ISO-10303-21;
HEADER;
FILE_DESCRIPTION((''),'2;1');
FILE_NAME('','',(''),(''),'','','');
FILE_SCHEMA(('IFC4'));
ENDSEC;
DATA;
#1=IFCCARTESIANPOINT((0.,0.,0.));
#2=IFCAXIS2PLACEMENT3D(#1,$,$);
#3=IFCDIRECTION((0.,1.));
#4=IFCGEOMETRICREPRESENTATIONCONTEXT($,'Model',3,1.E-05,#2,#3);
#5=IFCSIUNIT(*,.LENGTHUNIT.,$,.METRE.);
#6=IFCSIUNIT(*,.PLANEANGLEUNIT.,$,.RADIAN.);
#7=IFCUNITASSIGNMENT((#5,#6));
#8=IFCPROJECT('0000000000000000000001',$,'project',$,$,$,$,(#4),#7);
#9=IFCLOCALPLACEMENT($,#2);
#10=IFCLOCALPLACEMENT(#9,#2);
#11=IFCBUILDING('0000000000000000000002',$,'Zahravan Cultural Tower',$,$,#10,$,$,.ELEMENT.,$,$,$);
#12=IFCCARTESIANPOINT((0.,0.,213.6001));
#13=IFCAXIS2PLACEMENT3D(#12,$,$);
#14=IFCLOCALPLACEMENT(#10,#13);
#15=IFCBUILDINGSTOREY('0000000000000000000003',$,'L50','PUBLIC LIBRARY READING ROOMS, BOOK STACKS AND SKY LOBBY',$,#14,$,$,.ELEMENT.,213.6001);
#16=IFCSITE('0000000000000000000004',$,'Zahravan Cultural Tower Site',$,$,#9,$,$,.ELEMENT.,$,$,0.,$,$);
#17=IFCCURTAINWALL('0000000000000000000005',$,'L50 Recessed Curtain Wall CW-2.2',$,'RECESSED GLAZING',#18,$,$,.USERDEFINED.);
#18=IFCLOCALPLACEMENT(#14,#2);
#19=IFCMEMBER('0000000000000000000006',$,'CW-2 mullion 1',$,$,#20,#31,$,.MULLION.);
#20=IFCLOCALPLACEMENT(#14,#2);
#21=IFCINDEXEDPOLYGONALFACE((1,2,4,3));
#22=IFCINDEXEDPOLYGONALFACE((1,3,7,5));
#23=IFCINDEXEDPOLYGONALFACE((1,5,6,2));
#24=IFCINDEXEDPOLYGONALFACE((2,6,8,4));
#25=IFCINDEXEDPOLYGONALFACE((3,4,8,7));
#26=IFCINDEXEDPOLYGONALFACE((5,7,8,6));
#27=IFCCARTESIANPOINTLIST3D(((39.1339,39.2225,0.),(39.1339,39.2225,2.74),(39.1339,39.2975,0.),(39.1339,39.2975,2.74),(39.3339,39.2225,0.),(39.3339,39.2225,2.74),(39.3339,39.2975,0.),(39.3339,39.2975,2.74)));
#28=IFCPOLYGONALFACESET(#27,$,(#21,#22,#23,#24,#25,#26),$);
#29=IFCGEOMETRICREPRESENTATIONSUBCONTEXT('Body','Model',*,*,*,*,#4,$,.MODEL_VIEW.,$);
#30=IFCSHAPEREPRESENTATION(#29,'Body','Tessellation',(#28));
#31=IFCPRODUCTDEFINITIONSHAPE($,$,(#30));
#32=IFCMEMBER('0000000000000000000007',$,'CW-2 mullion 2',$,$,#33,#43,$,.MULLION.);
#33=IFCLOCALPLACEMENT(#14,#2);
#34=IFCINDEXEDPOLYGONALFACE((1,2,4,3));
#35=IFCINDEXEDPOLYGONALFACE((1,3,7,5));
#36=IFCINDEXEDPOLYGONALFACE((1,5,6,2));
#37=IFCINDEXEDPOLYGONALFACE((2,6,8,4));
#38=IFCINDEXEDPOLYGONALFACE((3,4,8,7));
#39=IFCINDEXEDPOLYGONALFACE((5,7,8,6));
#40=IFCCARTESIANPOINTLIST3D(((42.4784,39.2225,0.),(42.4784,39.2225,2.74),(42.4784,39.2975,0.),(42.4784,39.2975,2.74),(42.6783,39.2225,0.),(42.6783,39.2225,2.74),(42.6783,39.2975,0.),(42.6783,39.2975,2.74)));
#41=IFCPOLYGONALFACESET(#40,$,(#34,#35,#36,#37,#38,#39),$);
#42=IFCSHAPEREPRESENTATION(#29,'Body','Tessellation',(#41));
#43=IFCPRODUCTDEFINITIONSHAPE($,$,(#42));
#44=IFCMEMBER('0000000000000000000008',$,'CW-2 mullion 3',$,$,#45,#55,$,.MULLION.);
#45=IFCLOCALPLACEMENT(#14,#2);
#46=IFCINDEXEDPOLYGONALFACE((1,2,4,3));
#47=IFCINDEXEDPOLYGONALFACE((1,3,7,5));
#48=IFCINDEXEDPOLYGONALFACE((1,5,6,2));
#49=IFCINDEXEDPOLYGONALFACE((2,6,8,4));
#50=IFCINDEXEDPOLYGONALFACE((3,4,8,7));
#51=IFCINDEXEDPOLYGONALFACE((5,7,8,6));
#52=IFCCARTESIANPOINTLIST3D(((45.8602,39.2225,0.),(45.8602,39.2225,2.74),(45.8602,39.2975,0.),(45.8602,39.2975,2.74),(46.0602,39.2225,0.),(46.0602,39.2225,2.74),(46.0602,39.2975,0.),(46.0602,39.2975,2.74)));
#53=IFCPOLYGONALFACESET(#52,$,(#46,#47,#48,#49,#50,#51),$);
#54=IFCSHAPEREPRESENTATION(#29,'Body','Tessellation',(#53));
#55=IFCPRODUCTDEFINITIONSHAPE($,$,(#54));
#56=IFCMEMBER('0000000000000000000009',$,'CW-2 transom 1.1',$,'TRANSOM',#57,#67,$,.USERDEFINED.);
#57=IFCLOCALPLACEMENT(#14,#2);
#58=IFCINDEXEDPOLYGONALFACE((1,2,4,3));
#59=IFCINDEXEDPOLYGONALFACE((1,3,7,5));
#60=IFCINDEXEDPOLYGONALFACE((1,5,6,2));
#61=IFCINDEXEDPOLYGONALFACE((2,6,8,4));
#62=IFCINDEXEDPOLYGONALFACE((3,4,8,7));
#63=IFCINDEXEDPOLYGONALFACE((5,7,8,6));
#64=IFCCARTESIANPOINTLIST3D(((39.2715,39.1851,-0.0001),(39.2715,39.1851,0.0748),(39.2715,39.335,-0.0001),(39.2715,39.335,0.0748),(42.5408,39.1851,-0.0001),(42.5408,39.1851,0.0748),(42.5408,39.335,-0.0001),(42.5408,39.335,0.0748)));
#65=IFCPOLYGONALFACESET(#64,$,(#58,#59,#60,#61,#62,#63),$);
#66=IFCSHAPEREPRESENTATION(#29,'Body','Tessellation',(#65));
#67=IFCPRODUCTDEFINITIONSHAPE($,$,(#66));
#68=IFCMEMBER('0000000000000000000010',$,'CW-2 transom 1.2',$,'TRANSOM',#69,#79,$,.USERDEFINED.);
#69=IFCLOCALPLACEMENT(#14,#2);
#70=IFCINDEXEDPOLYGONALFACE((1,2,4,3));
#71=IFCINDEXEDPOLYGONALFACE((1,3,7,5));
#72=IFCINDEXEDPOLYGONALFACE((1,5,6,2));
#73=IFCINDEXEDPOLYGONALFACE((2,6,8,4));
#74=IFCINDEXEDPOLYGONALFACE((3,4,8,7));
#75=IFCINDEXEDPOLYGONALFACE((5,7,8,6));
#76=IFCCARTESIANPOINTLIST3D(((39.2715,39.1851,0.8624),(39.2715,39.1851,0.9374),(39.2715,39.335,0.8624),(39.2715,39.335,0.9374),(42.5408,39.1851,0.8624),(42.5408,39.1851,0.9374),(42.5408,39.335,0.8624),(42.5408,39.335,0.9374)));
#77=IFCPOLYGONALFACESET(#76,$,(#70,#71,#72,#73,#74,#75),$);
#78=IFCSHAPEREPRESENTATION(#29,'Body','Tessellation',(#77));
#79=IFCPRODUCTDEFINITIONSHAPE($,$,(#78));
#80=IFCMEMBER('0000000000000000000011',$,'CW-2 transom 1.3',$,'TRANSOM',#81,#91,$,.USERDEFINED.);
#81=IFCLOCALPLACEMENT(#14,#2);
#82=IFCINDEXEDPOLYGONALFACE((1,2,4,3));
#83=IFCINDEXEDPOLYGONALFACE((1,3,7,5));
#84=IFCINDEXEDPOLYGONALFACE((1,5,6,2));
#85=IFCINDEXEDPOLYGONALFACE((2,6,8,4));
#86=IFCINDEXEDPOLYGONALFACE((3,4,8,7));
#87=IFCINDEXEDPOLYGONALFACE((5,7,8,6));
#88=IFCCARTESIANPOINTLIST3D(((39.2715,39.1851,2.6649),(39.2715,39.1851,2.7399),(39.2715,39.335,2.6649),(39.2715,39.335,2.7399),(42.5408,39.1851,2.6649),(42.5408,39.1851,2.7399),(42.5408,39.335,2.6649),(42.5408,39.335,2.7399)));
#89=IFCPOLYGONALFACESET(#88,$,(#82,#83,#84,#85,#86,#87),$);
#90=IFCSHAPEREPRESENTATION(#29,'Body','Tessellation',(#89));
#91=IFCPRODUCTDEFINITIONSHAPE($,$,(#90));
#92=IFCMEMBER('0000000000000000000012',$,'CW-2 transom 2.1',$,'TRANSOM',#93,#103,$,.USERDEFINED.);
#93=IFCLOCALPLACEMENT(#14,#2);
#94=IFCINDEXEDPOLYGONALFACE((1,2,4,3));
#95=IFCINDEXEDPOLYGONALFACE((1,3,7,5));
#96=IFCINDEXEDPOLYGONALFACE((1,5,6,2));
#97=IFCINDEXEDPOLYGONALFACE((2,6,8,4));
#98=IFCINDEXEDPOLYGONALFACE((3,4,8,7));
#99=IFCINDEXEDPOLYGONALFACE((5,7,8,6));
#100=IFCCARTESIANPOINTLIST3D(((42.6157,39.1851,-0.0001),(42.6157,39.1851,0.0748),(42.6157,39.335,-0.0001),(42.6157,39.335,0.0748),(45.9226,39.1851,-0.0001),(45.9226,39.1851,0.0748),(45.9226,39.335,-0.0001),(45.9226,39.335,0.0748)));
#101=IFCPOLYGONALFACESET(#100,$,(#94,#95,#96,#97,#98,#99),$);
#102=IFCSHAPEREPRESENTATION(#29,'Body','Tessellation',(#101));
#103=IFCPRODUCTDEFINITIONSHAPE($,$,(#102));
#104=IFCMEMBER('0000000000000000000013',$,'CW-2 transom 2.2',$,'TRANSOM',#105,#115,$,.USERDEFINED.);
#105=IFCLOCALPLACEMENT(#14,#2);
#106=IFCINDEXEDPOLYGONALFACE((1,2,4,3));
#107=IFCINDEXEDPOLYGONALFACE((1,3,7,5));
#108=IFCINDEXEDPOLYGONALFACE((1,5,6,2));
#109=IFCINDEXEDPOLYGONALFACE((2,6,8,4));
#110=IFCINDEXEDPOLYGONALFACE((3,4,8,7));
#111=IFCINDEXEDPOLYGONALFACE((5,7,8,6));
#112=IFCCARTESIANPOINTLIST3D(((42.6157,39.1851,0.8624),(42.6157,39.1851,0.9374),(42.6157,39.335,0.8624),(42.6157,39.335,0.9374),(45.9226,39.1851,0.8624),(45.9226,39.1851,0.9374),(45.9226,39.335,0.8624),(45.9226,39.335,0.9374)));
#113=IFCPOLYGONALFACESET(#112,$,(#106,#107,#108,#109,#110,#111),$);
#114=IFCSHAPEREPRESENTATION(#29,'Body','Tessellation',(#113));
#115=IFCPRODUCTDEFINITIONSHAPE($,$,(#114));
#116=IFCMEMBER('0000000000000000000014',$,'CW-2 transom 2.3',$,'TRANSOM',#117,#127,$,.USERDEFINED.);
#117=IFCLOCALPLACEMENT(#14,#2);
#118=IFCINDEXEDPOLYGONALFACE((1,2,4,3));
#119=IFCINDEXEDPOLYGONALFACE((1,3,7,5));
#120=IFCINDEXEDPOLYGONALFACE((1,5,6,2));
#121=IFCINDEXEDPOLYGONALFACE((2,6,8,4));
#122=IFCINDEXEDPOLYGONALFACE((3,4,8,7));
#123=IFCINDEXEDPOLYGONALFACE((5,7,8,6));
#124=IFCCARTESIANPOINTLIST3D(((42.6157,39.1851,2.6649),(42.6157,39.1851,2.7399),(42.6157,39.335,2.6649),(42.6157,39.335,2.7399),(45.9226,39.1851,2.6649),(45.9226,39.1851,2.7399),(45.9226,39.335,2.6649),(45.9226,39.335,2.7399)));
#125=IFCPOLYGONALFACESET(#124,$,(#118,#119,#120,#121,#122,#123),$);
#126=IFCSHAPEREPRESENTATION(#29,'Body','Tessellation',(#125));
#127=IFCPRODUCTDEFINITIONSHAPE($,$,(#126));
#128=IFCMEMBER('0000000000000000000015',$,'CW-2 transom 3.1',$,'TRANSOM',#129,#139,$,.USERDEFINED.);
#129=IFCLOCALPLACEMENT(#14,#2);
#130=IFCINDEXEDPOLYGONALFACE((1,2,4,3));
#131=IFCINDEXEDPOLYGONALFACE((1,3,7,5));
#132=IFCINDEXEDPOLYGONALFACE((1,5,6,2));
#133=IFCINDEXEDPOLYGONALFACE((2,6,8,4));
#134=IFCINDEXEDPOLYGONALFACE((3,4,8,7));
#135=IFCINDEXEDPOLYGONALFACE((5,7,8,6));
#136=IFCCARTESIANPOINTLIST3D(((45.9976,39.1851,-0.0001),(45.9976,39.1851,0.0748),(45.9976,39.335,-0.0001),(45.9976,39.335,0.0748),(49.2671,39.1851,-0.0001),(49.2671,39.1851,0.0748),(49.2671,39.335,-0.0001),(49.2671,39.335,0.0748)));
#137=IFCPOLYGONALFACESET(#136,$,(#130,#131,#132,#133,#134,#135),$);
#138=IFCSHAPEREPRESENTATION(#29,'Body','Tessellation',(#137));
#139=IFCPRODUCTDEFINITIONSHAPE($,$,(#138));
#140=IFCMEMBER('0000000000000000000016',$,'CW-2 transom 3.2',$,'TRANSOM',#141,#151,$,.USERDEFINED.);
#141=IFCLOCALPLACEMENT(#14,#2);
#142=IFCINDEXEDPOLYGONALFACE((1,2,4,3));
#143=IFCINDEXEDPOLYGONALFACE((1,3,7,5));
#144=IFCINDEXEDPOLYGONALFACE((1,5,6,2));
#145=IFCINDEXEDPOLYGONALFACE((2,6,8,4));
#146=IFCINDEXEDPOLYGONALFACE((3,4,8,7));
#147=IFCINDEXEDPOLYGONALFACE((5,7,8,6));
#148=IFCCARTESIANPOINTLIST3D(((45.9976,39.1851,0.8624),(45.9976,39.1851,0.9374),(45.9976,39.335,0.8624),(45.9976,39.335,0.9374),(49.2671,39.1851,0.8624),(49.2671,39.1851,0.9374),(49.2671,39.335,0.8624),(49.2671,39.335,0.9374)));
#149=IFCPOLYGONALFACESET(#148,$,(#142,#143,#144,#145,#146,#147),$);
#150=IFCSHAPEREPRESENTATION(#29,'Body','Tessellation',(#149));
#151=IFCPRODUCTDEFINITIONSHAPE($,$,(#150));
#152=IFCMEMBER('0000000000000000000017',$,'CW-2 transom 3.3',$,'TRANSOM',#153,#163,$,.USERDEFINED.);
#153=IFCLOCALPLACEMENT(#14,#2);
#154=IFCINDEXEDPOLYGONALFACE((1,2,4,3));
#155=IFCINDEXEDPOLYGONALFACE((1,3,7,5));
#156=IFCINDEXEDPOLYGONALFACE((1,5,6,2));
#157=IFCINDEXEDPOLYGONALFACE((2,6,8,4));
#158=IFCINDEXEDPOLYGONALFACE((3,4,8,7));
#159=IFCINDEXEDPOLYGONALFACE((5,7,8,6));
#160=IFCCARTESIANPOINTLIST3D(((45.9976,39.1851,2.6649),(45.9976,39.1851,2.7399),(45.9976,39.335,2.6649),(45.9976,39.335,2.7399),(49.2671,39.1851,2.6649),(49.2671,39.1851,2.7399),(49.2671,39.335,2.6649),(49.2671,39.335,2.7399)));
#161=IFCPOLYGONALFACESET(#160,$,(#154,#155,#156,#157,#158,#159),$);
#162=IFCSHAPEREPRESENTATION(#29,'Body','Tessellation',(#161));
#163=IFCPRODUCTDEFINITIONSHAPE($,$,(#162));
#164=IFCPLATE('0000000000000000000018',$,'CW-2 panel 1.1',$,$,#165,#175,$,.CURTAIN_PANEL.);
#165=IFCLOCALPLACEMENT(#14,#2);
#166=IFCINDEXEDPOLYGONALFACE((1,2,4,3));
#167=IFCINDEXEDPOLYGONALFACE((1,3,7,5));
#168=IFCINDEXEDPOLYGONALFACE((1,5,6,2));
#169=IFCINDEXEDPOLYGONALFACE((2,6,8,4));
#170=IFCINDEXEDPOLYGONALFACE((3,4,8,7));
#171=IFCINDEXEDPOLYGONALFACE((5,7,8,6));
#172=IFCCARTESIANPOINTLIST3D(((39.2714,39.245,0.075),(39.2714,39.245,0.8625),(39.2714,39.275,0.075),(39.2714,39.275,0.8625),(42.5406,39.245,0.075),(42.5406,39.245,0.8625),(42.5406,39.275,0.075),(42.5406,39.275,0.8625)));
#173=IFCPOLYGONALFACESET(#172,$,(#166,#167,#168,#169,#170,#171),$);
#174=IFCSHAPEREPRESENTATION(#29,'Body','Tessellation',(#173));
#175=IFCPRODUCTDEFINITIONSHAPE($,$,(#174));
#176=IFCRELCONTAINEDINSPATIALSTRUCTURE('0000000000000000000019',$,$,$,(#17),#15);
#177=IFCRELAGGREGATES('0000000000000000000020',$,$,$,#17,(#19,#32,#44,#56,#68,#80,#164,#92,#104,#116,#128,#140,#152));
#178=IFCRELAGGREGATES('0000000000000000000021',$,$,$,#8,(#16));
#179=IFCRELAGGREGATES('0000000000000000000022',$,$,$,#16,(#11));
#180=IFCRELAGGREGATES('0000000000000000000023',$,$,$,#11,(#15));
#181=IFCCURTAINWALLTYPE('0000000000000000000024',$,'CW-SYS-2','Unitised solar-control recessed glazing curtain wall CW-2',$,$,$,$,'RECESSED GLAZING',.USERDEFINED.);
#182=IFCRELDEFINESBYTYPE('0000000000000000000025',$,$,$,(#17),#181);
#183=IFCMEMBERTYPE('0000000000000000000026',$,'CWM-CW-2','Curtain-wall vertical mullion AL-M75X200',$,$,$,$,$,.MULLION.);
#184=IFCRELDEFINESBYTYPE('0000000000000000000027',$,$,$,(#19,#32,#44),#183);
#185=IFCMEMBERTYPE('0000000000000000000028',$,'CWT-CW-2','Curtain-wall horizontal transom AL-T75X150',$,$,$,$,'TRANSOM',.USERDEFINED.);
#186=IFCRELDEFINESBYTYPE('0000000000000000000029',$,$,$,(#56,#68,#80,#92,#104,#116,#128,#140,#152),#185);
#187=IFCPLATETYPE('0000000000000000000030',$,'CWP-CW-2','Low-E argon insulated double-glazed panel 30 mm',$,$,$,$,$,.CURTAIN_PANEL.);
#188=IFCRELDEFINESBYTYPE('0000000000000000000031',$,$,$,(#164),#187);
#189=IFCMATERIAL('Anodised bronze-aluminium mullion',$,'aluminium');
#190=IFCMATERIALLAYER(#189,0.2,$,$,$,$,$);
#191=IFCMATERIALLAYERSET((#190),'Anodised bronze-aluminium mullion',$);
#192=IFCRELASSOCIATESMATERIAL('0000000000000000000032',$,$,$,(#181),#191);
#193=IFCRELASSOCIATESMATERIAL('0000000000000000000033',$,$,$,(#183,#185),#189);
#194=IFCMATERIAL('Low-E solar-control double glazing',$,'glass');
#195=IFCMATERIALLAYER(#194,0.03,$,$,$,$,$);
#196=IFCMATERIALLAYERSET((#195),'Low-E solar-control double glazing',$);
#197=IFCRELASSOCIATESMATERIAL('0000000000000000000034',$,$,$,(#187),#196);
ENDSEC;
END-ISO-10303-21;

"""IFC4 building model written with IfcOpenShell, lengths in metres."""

from ifc_helpers import new_model, si_unit, direction, frame, origin, origin_2d, place, context, subcontext, project, spatial, rectangle, extrude, source, transform, mapped, material, layer, layer_set, material_profile, profile_set, type_object, element, aggregate, save


model = new_model("IFC4")

# Units and contexts
model_context = context("Model", 3, precision=1e-05, world=origin(), true_north=direction((0.0, 1.0)))
body_context = subcontext(model_context, "Body", "Model", "MODEL_VIEW")
ifc_project = project(units=[si_unit("LENGTHUNIT", "METRE"), si_unit("PLANEANGLEUNIT", "RADIAN")], contexts=[model_context])

# Site, building, storey
site_placement = place(None, origin())
site = spatial("IfcSite", under=ifc_project, at=site_placement, Name="Zahravan Cultural Tower Site", CompositionType="ELEMENT", RefElevation=0.0)
building_placement = place(site_placement, origin())
building = spatial("IfcBuilding", under=site, at=building_placement, Name="Zahravan Cultural Tower", CompositionType="ELEMENT")
storey_placement = place(building_placement, frame((0.0, 0.0, 213.6001)))
storey = spatial("IfcBuildingStorey", under=building, at=storey_placement, Name="L50", Description="PUBLIC LIBRARY READING ROOMS, BOOK STACKS AND SKY LOBBY", CompositionType="ELEMENT", Elevation=213.6001)

# Curtain wall, members, plate
ifc_material_1 = material(Name="Anodised bronze-aluminium mullion", Category="aluminium")
ifc_layer_1 = layer(ifc_material_1, 0.2)
ifc_layer_set_1 = layer_set([ifc_layer_1], Name="Anodised bronze-aluminium mullion")
curtain_wall_type = type_object("IfcCurtainWallType", Name="CW-SYS-2", Description="Unitised solar-control recessed glazing curtain wall CW-2", ElementType="RECESSED GLAZING", PredefinedType="USERDEFINED", material=ifc_layer_set_1)
curtain_wall_placement = place(storey_placement, origin())
curtain_wall = element("IfcCurtainWall", 1, at=curtain_wall_placement, inside=storey, type_object=curtain_wall_type, Name="L50 Recessed Curtain Wall CW-2.2", ObjectType="RECESSED GLAZING", PredefinedType="USERDEFINED")
ifc_material_profile_1 = material_profile(ifc_material_1, rectangle(XDim=0.075, YDim=0.2, at=origin_2d()), Name="AL-M75X200")
ifc_profile_set_1 = profile_set([ifc_material_profile_1], Name="Anodised bronze-aluminium mullion")
member_type_1 = type_object("IfcMemberType", Name="CWM-CW-2", Description="Curtain-wall vertical mullion AL-M75X200", PredefinedType="MULLION", material=ifc_profile_set_1)
shared_shape_1 = source(origin(), body_context, "Body", "SweptSolid", [
    extrude(rectangle(XDim=0.075, YDim=0.2, at=origin_2d()), origin(), (0.0, 0.0, 1.0), 2.74),
])
member_1_placement = place(storey_placement, frame((39.2339, 39.26, 0.0), z_axis=(0.0, 0.0, 1.0), x_axis=(0.0, 1.0, 0.0)))
member_1 = element("IfcMember", 2, at=member_1_placement, type_object=member_type_1, Name="CW-2 mullion 1", PredefinedType="MULLION", context=body_context, shape_type="MappedRepresentation", body=[
    mapped(shared_shape_1, transform((0.0, 0.0, 0.0), x_axis=(1.0, 0.0, 0.0), y_axis=(0.0, 1.0, 0.0), z_axis=(0.0, 0.0, 1.0), scale=1.0)),
])
member_2_placement = place(storey_placement, frame((42.5784, 39.26, 0.0), z_axis=(0.0, 0.0, 1.0), x_axis=(0.0, 1.0, 0.0)))
member_2 = element("IfcMember", 3, at=member_2_placement, type_object=member_type_1, Name="CW-2 mullion 2", PredefinedType="MULLION", context=body_context, shape_type="MappedRepresentation", body=[
    mapped(shared_shape_1, transform((0.0, 0.0, 0.0), x_axis=(1.0, 0.0, 0.0), y_axis=(0.0, 1.0, 0.0), z_axis=(0.0, 0.0, 1.0), scale=1.0)),
])
member_3_placement = place(storey_placement, frame((45.9602, 39.26, 0.0), z_axis=(0.0, 0.0, 1.0), x_axis=(0.0, 1.0, 0.0)))
member_3 = element("IfcMember", 4, at=member_3_placement, type_object=member_type_1, Name="CW-2 mullion 3", PredefinedType="MULLION", context=body_context, shape_type="MappedRepresentation", body=[
    mapped(shared_shape_1, transform((0.0, 0.0, 0.0), x_axis=(1.0, 0.0, 0.0), y_axis=(0.0, 1.0, 0.0), z_axis=(0.0, 0.0, 1.0), scale=1.0)),
])
ifc_material_profile_2 = material_profile(ifc_material_1, rectangle(XDim=0.1499, YDim=0.075, at=origin_2d()), Name="AL-T75X150")
ifc_profile_set_2 = profile_set([ifc_material_profile_2], Name="Anodised bronze-aluminium mullion")
member_type_2 = type_object("IfcMemberType", Name="CWT-CW-2", Description="Curtain-wall horizontal transom AL-T75X150", ElementType="TRANSOM", PredefinedType="USERDEFINED", material=ifc_profile_set_2)
shared_shape_2 = source(origin(), body_context, "Body", "SweptSolid", [
    extrude(rectangle(XDim=0.1499, YDim=0.075, at=origin_2d()), origin(), (0.0, 0.0, 1.0), 3.2693),
])
member_4_placement = place(storey_placement, frame((39.2715, 39.26, 0.0374), z_axis=(1.0, 0.0, 0.0), x_axis=(0.0, 1.0, 0.0)))
member_4 = element("IfcMember", 5, at=member_4_placement, type_object=member_type_2, Name="CW-2 transom 1.1", ObjectType="TRANSOM", PredefinedType="USERDEFINED", context=body_context, shape_type="MappedRepresentation", body=[
    mapped(shared_shape_2, transform((0.0, 0.0, 0.0), x_axis=(1.0, 0.0, 0.0), y_axis=(0.0, 1.0, 0.0), z_axis=(0.0, 0.0, 1.0), scale=1.0)),
])
member_5_placement = place(storey_placement, frame((39.2715, 39.26, 0.8999), z_axis=(1.0, 0.0, 0.0), x_axis=(0.0, 1.0, 0.0)))
member_5 = element("IfcMember", 6, at=member_5_placement, type_object=member_type_2, Name="CW-2 transom 1.2", ObjectType="TRANSOM", PredefinedType="USERDEFINED", context=body_context, shape_type="MappedRepresentation", body=[
    mapped(shared_shape_2, transform((0.0, 0.0, 0.0), x_axis=(1.0, 0.0, 0.0), y_axis=(0.0, 1.0, 0.0), z_axis=(0.0, 0.0, 1.0), scale=1.0)),
])
member_6_placement = place(storey_placement, frame((39.2715, 39.26, 2.7024), z_axis=(1.0, 0.0, 0.0), x_axis=(0.0, 1.0, 0.0)))
member_6 = element("IfcMember", 7, at=member_6_placement, type_object=member_type_2, Name="CW-2 transom 1.3", ObjectType="TRANSOM", PredefinedType="USERDEFINED", context=body_context, shape_type="MappedRepresentation", body=[
    mapped(shared_shape_2, transform((0.0, 0.0, 0.0), x_axis=(1.0, 0.0, 0.0), y_axis=(0.0, 1.0, 0.0), z_axis=(0.0, 0.0, 1.0), scale=1.0)),
])
shared_shape_3 = source(origin(), body_context, "Body", "SweptSolid", [
    extrude(rectangle(XDim=0.1499, YDim=0.075, at=origin_2d()), origin(), (0.0, 0.0, 1.0), 3.3069),
])
member_7_placement = place(storey_placement, frame((42.6157, 39.26, 0.0374), z_axis=(1.0, 0.0, 0.0), x_axis=(0.0, 1.0, 0.0)))
member_7 = element("IfcMember", 8, at=member_7_placement, type_object=member_type_2, Name="CW-2 transom 2.1", ObjectType="TRANSOM", PredefinedType="USERDEFINED", context=body_context, shape_type="MappedRepresentation", body=[
    mapped(shared_shape_3, transform((0.0, 0.0, 0.0), x_axis=(1.0, 0.0, 0.0), y_axis=(0.0, 1.0, 0.0), z_axis=(0.0, 0.0, 1.0), scale=1.0)),
])
member_8_placement = place(storey_placement, frame((42.6157, 39.26, 0.8999), z_axis=(1.0, 0.0, 0.0), x_axis=(0.0, 1.0, 0.0)))
member_8 = element("IfcMember", 9, at=member_8_placement, type_object=member_type_2, Name="CW-2 transom 2.2", ObjectType="TRANSOM", PredefinedType="USERDEFINED", context=body_context, shape_type="MappedRepresentation", body=[
    mapped(shared_shape_3, transform((0.0, 0.0, 0.0), x_axis=(1.0, 0.0, 0.0), y_axis=(0.0, 1.0, 0.0), z_axis=(0.0, 0.0, 1.0), scale=1.0)),
])
member_9_placement = place(storey_placement, frame((42.6157, 39.26, 2.7024), z_axis=(1.0, 0.0, 0.0), x_axis=(0.0, 1.0, 0.0)))
member_9 = element("IfcMember", 10, at=member_9_placement, type_object=member_type_2, Name="CW-2 transom 2.3", ObjectType="TRANSOM", PredefinedType="USERDEFINED", context=body_context, shape_type="MappedRepresentation", body=[
    mapped(shared_shape_3, transform((0.0, 0.0, 0.0), x_axis=(1.0, 0.0, 0.0), y_axis=(0.0, 1.0, 0.0), z_axis=(0.0, 0.0, 1.0), scale=1.0)),
])
shared_shape_4 = source(origin(), body_context, "Body", "SweptSolid", [
    extrude(rectangle(XDim=0.1499, YDim=0.075, at=origin_2d()), origin(), (0.0, 0.0, 1.0), 3.2695),
])
member_10_placement = place(storey_placement, frame((45.9976, 39.26, 0.0374), z_axis=(1.0, 0.0, 0.0), x_axis=(0.0, 1.0, 0.0)))
member_10 = element("IfcMember", 11, at=member_10_placement, type_object=member_type_2, Name="CW-2 transom 3.1", ObjectType="TRANSOM", PredefinedType="USERDEFINED", context=body_context, shape_type="MappedRepresentation", body=[
    mapped(shared_shape_4, transform((0.0, 0.0, 0.0), x_axis=(1.0, 0.0, 0.0), y_axis=(0.0, 1.0, 0.0), z_axis=(0.0, 0.0, 1.0), scale=1.0)),
])
member_11_placement = place(storey_placement, frame((45.9976, 39.26, 0.8999), z_axis=(1.0, 0.0, 0.0), x_axis=(0.0, 1.0, 0.0)))
member_11 = element("IfcMember", 12, at=member_11_placement, type_object=member_type_2, Name="CW-2 transom 3.2", ObjectType="TRANSOM", PredefinedType="USERDEFINED", context=body_context, shape_type="MappedRepresentation", body=[
    mapped(shared_shape_4, transform((0.0, 0.0, 0.0), x_axis=(1.0, 0.0, 0.0), y_axis=(0.0, 1.0, 0.0), z_axis=(0.0, 0.0, 1.0), scale=1.0)),
])
member_12_placement = place(storey_placement, frame((45.9976, 39.26, 2.7024), z_axis=(1.0, 0.0, 0.0), x_axis=(0.0, 1.0, 0.0)))
member_12 = element("IfcMember", 13, at=member_12_placement, type_object=member_type_2, Name="CW-2 transom 3.3", ObjectType="TRANSOM", PredefinedType="USERDEFINED", context=body_context, shape_type="MappedRepresentation", body=[
    mapped(shared_shape_4, transform((0.0, 0.0, 0.0), x_axis=(1.0, 0.0, 0.0), y_axis=(0.0, 1.0, 0.0), z_axis=(0.0, 0.0, 1.0), scale=1.0)),
])
ifc_material_2 = material(Name="Low-E solar-control double glazing", Category="glass")
ifc_layer_2 = layer(ifc_material_2, 0.03)
ifc_layer_set_2 = layer_set([ifc_layer_2], Name="Low-E solar-control double glazing")
plate_type = type_object("IfcPlateType", Name="CWP-CW-2", Description="Low-E argon insulated double-glazed panel 30 mm", PredefinedType="CURTAIN_PANEL", material=ifc_layer_set_2)
shared_shape_5 = source(origin(), body_context, "Body", "SweptSolid", [
    extrude(rectangle(XDim=3.2693, YDim=0.03, at=origin_2d()), origin(), (0.0, 0.0, 1.0), 0.7876),
])
plate_1_placement = place(storey_placement, frame((40.906, 39.26, 0.075), z_axis=(0.0, 0.0, 1.0), x_axis=(1.0, 0.0, 0.0)))
plate_1 = element("IfcPlate", 14, at=plate_1_placement, type_object=plate_type, Name="CW-2 panel 1.1", PredefinedType="CURTAIN_PANEL", context=body_context, shape_type="MappedRepresentation", body=[
    mapped(shared_shape_5, transform((0.0, 0.0, 0.0), x_axis=(1.0, 0.0, 0.0), y_axis=(0.0, 1.0, 0.0), z_axis=(0.0, 0.0, 1.0), scale=1.0)),
])
aggregate(curtain_wall, [member_1, member_2, member_3, member_4, member_5, member_6, plate_1, member_7, member_8, member_9, member_10, member_11, member_12])

save(model, "model.ifc")
